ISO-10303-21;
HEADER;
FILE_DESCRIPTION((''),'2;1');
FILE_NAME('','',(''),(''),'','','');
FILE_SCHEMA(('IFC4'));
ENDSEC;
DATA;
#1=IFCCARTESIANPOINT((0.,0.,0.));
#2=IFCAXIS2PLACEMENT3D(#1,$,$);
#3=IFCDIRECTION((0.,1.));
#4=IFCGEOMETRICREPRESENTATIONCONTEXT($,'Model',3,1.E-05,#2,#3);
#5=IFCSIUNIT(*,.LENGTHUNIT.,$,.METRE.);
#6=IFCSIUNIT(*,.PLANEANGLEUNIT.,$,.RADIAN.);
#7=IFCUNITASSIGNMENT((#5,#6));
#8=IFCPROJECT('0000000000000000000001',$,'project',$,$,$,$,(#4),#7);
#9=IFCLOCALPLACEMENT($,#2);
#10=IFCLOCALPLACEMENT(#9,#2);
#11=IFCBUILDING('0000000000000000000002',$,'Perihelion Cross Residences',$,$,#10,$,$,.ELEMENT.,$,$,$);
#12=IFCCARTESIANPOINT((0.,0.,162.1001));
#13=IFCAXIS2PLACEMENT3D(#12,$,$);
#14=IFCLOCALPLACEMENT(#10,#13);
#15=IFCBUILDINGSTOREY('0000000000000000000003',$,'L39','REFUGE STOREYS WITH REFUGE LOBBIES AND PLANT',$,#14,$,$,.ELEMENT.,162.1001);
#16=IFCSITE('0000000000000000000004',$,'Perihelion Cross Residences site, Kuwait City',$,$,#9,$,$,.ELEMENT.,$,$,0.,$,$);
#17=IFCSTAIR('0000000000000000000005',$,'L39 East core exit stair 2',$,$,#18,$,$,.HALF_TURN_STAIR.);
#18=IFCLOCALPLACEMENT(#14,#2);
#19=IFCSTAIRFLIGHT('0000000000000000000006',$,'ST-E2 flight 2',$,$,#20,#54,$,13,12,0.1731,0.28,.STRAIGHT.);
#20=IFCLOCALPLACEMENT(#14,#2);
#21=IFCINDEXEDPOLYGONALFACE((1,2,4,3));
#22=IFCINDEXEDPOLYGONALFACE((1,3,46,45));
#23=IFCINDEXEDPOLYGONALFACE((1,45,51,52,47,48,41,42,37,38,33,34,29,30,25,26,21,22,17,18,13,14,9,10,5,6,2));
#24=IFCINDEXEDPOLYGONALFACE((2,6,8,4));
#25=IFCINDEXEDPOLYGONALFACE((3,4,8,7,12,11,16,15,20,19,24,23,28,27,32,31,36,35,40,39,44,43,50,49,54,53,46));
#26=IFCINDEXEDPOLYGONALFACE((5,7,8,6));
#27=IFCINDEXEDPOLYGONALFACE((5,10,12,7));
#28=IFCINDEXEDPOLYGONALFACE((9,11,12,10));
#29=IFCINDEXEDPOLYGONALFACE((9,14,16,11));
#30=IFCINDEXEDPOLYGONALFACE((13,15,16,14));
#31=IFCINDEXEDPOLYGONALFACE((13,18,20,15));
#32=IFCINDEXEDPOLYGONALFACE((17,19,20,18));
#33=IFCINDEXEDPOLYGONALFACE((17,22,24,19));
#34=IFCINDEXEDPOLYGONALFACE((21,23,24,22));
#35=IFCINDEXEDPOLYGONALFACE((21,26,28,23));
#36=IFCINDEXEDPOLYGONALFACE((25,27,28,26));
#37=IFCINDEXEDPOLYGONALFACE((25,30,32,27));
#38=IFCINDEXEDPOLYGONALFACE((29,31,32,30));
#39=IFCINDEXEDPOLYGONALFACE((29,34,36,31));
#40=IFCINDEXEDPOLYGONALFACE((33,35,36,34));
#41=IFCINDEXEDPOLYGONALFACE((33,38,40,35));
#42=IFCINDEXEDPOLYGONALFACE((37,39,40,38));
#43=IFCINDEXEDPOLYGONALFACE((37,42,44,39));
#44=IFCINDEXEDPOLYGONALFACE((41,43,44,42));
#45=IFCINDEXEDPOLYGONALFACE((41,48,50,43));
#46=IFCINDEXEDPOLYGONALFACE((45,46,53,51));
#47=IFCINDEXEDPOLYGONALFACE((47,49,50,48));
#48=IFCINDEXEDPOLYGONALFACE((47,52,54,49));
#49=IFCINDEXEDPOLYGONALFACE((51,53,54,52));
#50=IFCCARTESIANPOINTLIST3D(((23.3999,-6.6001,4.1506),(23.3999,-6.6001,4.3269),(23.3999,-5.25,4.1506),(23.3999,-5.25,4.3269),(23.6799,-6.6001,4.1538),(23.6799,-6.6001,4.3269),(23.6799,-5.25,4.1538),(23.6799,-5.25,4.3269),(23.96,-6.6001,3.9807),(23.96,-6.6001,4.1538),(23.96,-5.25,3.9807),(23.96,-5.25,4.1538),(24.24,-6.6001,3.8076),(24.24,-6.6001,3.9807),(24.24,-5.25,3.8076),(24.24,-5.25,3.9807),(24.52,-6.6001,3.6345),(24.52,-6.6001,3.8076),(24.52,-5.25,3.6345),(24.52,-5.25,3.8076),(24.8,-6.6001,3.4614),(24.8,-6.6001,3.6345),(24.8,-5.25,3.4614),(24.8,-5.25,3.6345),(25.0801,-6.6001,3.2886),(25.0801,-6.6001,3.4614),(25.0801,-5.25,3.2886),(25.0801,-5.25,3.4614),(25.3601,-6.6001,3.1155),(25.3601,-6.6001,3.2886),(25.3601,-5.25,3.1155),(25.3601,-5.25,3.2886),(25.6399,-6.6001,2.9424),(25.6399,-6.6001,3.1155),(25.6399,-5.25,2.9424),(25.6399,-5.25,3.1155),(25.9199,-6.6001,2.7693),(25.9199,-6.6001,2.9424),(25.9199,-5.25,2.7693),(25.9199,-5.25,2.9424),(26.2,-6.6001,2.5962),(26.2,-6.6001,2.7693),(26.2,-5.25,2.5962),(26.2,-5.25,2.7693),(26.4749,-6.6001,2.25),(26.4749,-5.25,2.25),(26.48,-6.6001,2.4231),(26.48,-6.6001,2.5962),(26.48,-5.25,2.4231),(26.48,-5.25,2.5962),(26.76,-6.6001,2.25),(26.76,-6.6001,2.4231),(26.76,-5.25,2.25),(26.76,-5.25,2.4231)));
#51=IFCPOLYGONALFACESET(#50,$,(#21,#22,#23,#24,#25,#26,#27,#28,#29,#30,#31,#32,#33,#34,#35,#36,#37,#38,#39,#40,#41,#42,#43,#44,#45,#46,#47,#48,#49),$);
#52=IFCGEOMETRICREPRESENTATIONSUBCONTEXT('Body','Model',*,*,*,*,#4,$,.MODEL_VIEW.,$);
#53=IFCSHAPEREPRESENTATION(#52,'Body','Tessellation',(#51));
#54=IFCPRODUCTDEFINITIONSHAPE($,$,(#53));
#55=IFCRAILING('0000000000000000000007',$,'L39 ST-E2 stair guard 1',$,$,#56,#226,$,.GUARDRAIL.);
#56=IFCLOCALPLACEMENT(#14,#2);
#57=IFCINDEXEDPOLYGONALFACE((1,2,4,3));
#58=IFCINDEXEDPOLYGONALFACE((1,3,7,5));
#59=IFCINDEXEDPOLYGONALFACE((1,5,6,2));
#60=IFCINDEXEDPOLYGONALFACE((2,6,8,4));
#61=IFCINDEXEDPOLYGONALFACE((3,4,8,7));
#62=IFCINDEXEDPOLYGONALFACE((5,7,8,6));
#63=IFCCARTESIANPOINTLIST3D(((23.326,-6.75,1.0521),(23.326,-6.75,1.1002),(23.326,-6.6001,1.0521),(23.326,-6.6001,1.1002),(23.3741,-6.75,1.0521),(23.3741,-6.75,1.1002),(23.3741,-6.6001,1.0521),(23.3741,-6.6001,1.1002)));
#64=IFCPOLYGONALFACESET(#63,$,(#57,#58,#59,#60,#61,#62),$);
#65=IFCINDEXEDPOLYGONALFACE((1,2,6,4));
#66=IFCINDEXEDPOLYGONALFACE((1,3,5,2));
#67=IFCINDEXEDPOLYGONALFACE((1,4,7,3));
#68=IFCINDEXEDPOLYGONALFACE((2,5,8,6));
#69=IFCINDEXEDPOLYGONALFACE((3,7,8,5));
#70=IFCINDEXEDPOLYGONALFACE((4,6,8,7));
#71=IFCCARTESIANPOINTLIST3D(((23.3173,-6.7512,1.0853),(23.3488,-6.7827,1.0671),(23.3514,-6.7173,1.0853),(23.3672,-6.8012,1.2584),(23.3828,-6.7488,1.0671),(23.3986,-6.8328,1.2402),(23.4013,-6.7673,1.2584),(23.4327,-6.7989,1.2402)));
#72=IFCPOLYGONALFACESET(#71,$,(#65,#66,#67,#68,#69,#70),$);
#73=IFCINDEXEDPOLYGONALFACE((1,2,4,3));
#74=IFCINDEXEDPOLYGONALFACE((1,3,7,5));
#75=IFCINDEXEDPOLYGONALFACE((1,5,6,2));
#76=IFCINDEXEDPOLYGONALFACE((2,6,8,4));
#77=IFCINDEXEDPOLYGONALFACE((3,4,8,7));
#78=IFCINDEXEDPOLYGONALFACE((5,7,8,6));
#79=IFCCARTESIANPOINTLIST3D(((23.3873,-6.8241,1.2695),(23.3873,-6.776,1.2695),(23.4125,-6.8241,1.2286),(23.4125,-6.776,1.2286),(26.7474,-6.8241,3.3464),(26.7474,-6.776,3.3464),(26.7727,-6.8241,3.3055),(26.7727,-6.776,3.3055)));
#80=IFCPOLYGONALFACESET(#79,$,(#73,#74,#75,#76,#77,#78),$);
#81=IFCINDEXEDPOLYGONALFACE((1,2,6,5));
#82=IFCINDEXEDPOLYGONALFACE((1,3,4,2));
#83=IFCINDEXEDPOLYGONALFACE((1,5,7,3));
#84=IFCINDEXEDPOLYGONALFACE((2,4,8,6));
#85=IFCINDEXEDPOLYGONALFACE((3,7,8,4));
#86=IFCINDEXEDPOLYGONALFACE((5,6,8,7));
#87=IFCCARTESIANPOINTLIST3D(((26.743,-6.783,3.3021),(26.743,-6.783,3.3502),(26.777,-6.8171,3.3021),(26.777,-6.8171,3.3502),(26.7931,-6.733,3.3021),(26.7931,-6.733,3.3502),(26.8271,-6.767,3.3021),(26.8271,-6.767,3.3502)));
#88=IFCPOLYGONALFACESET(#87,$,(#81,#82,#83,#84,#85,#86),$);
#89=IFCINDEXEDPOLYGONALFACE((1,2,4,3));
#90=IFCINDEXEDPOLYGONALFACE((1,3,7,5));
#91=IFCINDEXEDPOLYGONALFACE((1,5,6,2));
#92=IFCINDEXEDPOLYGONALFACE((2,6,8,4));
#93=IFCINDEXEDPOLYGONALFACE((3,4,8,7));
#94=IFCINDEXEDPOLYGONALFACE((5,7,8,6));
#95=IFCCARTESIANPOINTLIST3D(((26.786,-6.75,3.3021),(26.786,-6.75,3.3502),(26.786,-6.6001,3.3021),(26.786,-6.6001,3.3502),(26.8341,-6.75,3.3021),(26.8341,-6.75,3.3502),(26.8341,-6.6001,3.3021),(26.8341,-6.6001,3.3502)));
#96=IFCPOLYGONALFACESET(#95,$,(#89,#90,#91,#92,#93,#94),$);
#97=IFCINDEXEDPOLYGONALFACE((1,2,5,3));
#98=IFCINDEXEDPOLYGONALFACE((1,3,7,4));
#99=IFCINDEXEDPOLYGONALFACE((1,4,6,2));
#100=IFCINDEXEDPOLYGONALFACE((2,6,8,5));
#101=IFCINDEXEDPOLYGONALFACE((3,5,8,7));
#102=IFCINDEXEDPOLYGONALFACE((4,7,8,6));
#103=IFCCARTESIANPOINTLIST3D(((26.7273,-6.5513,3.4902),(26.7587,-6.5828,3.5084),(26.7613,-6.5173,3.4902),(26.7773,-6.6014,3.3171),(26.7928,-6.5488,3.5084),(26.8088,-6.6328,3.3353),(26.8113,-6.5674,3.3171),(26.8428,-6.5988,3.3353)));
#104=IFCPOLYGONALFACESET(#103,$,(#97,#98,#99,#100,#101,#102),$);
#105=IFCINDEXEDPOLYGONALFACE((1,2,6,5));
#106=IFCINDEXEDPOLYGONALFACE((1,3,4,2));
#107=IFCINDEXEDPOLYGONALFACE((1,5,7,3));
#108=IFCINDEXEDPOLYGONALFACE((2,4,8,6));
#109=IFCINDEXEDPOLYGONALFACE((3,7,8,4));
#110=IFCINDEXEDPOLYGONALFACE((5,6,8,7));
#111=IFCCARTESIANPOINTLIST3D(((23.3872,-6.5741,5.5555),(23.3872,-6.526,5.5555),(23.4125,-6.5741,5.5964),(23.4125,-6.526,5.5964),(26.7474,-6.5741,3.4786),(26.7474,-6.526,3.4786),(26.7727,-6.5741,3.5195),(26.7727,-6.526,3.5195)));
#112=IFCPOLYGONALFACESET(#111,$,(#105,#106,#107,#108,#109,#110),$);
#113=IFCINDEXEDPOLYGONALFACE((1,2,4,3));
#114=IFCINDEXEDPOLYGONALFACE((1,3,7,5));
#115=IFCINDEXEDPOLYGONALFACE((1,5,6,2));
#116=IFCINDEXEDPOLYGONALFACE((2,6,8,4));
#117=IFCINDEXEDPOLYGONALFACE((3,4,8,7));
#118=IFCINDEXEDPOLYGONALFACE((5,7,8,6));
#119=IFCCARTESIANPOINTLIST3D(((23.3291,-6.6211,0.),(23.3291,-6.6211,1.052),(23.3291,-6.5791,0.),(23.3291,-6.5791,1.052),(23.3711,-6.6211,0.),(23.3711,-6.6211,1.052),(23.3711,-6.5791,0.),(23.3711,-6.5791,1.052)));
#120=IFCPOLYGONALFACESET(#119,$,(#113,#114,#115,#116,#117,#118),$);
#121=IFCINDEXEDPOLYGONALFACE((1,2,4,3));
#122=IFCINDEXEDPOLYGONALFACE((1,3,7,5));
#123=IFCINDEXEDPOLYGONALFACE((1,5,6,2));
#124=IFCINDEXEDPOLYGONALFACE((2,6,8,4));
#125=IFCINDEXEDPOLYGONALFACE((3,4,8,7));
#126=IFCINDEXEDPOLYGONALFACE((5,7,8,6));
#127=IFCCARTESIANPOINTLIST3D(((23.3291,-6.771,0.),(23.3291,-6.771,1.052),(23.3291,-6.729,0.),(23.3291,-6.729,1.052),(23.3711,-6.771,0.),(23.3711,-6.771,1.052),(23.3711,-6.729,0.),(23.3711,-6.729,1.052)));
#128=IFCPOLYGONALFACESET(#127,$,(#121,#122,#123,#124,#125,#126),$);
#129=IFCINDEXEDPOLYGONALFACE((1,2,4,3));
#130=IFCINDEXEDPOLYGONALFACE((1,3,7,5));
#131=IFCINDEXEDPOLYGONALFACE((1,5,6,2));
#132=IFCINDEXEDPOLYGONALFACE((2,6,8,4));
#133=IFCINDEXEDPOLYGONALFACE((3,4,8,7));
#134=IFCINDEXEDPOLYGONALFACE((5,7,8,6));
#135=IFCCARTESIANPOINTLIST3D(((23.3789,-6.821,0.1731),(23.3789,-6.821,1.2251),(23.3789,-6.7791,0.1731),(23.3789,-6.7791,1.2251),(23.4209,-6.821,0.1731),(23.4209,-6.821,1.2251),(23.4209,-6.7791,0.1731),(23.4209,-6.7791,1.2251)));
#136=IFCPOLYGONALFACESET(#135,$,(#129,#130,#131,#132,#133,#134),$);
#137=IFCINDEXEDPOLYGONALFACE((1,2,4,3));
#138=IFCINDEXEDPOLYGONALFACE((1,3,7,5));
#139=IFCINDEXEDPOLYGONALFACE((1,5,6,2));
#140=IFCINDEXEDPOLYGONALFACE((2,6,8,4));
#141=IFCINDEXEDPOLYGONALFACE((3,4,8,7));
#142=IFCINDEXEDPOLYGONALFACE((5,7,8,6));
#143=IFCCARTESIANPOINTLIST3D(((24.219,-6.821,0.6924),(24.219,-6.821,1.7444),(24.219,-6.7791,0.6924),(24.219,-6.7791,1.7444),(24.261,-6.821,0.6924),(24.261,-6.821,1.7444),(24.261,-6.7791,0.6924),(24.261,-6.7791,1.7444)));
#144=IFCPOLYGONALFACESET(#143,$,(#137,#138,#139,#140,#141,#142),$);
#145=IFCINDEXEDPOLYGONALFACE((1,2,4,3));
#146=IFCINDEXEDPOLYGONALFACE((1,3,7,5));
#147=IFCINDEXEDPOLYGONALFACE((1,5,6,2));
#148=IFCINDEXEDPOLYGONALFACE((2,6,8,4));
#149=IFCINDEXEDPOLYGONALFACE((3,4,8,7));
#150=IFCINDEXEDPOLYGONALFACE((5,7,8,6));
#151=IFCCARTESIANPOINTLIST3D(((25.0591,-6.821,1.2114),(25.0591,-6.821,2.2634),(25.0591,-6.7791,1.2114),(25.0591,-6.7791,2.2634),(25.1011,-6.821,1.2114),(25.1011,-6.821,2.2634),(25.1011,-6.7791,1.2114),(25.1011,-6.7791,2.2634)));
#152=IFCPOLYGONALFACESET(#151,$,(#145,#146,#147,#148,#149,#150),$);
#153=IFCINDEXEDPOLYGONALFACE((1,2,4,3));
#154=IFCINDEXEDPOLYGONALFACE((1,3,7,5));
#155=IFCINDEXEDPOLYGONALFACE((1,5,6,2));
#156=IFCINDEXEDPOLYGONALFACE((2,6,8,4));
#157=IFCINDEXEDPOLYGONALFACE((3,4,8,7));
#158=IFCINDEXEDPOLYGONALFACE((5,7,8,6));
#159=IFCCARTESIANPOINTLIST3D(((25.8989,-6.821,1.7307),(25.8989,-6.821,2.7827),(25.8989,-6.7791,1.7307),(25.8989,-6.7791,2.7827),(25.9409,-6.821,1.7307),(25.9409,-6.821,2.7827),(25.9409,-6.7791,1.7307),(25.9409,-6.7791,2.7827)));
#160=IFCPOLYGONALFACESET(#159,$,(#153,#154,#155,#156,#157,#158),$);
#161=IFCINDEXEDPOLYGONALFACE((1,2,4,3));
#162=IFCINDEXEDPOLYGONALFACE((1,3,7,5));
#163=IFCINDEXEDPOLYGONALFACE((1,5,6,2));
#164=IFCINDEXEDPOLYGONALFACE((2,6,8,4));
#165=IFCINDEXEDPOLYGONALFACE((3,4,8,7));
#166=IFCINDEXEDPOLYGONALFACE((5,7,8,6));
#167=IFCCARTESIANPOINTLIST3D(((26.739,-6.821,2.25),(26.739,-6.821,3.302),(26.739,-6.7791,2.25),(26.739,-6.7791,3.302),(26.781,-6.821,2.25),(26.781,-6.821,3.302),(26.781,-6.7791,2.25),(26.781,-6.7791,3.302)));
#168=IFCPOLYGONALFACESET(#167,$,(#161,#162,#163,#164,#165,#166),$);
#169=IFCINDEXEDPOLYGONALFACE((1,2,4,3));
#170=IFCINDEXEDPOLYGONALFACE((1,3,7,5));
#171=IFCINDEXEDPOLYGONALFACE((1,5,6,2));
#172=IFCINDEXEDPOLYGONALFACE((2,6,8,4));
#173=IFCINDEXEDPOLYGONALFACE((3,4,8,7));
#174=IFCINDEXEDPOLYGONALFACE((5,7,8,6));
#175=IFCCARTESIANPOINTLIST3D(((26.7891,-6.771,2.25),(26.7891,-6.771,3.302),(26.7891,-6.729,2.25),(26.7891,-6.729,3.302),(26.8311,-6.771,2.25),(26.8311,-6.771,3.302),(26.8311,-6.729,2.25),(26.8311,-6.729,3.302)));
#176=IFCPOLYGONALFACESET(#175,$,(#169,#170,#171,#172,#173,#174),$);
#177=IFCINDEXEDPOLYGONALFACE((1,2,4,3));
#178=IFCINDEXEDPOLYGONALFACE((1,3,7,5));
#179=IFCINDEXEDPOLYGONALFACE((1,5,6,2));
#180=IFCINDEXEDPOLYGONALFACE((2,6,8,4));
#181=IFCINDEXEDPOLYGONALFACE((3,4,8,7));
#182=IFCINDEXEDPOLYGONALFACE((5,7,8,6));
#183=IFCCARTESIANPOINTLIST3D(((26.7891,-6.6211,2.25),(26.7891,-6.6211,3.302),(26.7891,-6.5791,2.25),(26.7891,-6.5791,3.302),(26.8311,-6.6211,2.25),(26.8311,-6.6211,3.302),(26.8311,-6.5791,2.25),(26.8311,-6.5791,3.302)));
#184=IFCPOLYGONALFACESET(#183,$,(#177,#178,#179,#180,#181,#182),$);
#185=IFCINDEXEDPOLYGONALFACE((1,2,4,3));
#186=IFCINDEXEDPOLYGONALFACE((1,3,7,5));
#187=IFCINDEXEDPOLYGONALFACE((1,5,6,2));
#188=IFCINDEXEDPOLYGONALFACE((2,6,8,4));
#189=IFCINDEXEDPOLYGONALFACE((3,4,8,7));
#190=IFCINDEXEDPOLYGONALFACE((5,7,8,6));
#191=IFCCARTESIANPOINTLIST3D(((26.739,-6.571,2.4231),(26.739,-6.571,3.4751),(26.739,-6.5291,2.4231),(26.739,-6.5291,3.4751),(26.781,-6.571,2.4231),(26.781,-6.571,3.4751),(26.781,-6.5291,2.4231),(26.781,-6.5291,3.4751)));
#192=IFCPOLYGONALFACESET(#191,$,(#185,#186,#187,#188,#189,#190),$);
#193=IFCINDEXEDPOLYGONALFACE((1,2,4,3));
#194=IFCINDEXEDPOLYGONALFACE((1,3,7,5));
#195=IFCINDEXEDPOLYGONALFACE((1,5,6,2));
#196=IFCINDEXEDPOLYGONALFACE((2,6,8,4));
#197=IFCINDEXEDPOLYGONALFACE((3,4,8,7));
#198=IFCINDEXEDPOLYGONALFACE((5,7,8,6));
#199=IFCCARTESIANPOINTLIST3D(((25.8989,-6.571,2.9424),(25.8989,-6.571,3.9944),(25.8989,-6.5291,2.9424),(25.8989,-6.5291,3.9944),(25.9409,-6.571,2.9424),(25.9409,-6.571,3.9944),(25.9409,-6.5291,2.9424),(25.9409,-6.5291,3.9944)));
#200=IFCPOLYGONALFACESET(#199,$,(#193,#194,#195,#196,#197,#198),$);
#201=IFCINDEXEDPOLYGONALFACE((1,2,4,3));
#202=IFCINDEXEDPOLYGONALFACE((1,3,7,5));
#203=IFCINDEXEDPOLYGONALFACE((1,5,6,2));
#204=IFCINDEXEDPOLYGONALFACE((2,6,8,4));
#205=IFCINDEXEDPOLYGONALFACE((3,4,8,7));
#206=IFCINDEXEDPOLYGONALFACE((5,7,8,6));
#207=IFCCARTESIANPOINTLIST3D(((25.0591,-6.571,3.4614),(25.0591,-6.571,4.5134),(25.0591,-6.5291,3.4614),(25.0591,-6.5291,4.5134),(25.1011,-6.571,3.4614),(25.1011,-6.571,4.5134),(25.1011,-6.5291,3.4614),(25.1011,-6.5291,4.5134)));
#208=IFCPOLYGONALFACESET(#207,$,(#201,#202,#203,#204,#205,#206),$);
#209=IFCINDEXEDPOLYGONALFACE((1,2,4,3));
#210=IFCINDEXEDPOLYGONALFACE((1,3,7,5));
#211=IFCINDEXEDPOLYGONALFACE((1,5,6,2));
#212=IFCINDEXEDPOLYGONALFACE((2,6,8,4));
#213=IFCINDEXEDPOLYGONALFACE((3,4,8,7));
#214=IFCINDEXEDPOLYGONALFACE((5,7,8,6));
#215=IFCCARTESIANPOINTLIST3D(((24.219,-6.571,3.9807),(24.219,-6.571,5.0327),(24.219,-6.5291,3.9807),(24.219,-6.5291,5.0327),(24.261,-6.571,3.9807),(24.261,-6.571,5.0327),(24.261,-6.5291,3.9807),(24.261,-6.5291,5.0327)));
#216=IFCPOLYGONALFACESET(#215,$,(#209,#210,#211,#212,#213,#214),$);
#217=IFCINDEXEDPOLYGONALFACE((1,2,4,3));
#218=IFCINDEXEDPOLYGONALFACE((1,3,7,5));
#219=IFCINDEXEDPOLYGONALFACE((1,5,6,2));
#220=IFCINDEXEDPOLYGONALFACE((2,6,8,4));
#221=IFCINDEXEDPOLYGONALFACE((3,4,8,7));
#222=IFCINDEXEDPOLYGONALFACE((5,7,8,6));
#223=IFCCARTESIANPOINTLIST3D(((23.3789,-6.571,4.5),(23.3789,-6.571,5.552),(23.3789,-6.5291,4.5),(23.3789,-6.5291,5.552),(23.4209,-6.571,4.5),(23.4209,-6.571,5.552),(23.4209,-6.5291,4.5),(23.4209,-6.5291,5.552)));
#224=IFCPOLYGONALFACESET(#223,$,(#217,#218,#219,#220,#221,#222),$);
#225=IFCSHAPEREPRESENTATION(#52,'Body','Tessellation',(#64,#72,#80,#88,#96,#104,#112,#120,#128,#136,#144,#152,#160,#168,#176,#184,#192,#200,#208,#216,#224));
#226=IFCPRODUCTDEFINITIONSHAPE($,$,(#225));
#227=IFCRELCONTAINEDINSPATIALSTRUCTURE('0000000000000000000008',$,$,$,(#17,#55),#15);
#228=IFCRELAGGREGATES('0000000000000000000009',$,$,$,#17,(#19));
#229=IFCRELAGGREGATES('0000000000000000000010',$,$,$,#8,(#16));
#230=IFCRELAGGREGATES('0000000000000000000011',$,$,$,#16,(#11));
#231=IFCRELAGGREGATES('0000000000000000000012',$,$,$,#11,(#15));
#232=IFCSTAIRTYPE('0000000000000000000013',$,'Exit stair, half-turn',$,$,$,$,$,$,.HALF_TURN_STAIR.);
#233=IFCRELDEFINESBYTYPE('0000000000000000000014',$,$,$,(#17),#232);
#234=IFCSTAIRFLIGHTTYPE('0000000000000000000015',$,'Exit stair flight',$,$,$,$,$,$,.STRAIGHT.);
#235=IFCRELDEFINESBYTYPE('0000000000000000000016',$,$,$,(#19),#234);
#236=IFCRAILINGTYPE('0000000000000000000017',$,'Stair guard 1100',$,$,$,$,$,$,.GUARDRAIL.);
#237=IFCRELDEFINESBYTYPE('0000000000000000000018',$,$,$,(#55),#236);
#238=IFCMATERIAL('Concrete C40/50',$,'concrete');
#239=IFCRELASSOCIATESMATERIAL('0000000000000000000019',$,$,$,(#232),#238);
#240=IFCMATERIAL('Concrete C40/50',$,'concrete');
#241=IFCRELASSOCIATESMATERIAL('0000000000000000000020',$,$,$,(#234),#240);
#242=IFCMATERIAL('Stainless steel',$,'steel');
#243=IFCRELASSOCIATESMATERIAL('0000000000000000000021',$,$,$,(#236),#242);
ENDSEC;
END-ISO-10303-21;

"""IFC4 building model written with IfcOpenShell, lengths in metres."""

from ifc_helpers import new_model, si_unit, direction, frame, origin, origin_2d, place, context, subcontext, project, spatial, polyline, rectangle, outline, extrude, material, type_object, element, aggregate, save


model = new_model("IFC4")

# Units and contexts
model_context = context("Model", 3, precision=1e-05, world=origin(), true_north=direction((0.0, 1.0)))
body_context = subcontext(model_context, "Body", "Model", "MODEL_VIEW")
ifc_project = project(units=[si_unit("LENGTHUNIT", "METRE"), si_unit("PLANEANGLEUNIT", "RADIAN")], contexts=[model_context])

# Site, building, storey
site_placement = place(None, origin())
site = spatial("IfcSite", under=ifc_project, at=site_placement, Name="Perihelion Cross Residences site, Kuwait City", CompositionType="ELEMENT", RefElevation=0.0)
building_placement = place(site_placement, origin())
building = spatial("IfcBuilding", under=site, at=building_placement, Name="Perihelion Cross Residences", CompositionType="ELEMENT")
storey_placement = place(building_placement, frame((0.0, 0.0, 162.1001)))
storey = spatial("IfcBuildingStorey", under=building, at=storey_placement, Name="L39", Description="REFUGE STOREYS WITH REFUGE LOBBIES AND PLANT", CompositionType="ELEMENT", Elevation=162.1001)

# Stair, stair flight
ifc_material_1 = material(Name="Concrete C40/50", Category="concrete")
stair_type = type_object("IfcStairType", Name="Exit stair, half-turn", PredefinedType="HALF_TURN_STAIR", material=ifc_material_1)
stair_placement = place(storey_placement, origin())
stair = element("IfcStair", 1, at=stair_placement, inside=storey, type_object=stair_type, Name="L39 East core exit stair 2", PredefinedType="HALF_TURN_STAIR")
ifc_material_2 = material(Name="Concrete C40/50", Category="concrete")
stair_flight_type = type_object("IfcStairFlightType", Name="Exit stair flight", PredefinedType="STRAIGHT", material=ifc_material_2)
stair_flight_1_placement = place(storey_placement, frame((26.76, -5.925, 2.25), z_axis=(0.0, 0.0, 1.0), x_axis=(-1.0, 0.0, 0.0)))
stair_flight_1 = element("IfcStairFlight", 2, at=stair_flight_1_placement, type_object=stair_flight_type, Name="ST-E2 flight 2", NumberOfRisers=13, NumberOfTreads=12, PredefinedType="STRAIGHT", RiserHeight=0.1731, TreadLength=0.28, context=body_context, shape_type="SweptSolid", body=[
    extrude(outline(polyline([(0.0, 0.0), (0.0, 0.1731), (0.28, 0.1731), (0.28, 0.3462), (0.5601, 0.3462), (0.5601, 0.5193), (0.8401, 0.5193), (0.8401, 0.6924), (1.1201, 0.6924), (1.1201, 0.8655), (1.3999, 0.8655), (1.3999, 1.0386), (1.6799, 1.0386), (1.6799, 1.2114), (1.96, 1.2114), (1.96, 1.3845), (2.24, 1.3845), (2.24, 1.5576), (2.52, 1.5576), (2.52, 1.7307), (2.8, 1.7307), (2.8, 1.9038), (3.0801, 1.9038), (3.0801, 2.0769), (3.3601, 2.0769), (3.3601, 2.25), (3.3601, 1.9006), (0.2852, 0.0), (0.0, 0.0)])), frame((0.0, 0.675, 0.0), z_axis=(0.0, -1.0, 0.0), x_axis=(1.0, 0.0, 0.0)), (0.0, 0.0, 1.0), 1.3501),
])
aggregate(stair, [stair_flight_1])

# Railing
ifc_material_3 = material(Name="Stainless steel", Category="steel")
railing_type_1 = type_object("IfcRailingType", Name="Stair guard 1100", PredefinedType="GUARDRAIL", material=ifc_material_3)
railing_1_placement = place(storey_placement, frame((23.3501, -6.6001, 0.0)))
element("IfcRailing", 3, at=railing_1_placement, inside=storey, type_object=railing_type_1, Name="L39 ST-E2 stair guard 1", PredefinedType="GUARDRAIL", context=body_context, shape_type="SweptSolid", body=[
    extrude(rectangle(XDim=0.0481, YDim=0.0481, at=origin_2d()), frame((0.0, 0.0, 1.0762), z_axis=(0.0, -1.0, 0.0), x_axis=(1.0, 0.0, 0.0)), (0.0, 0.0, 1.0), 0.1499),
    extrude(rectangle(XDim=0.0481, YDim=0.0481, at=origin_2d()), frame((0.0, -0.1499, 1.0762), z_axis=(0.266417, -0.267723, 0.92593), x_axis=(0.708834, 0.705376, 0.0)), (0.0, 0.0, 1.0), 0.187),
    extrude(rectangle(XDim=0.0481, YDim=0.0481, at=origin_2d()), frame((0.0498, -0.2, 1.249), z_axis=(0.850623, 0.0, 0.525776), x_axis=(0.0, 1.0, 0.0)), (0.0, 0.0, 1.0), 3.9502),
    extrude(rectangle(XDim=0.0481, YDim=0.0481, at=origin_2d()), frame((3.4099, -0.2, 3.3262), z_axis=(0.707107, 0.707107, 0.0), x_axis=(-0.707107, 0.707107, 0.0)), (0.0, 0.0, 1.0), 0.0708),
    extrude(rectangle(XDim=0.0481, YDim=0.0481, at=origin_2d()), frame((3.46, -0.1499, 3.3262), z_axis=(0.0, 1.0, 0.0), x_axis=(-1.0, 0.0, 0.0)), (0.0, 0.0, 1.0), 0.1499),
    extrude(rectangle(XDim=0.0481, YDim=0.0481, at=origin_2d()), frame((3.46, 0.0, 3.3262), z_axis=(-0.26763, 0.26763, 0.925607), x_axis=(-0.707107, -0.707107, 0.0)), (0.0, 0.0, 1.0), 0.187),
    extrude(rectangle(XDim=0.0481, YDim=0.0481, at=origin_2d()), frame((3.4099, 0.05, 3.499), z_axis=(-0.850623, 0.0, 0.525776), x_axis=(0.0, -1.0, 0.0)), (0.0, 0.0, 1.0), 3.9502),
    extrude(rectangle(XDim=0.042, YDim=0.042, at=origin_2d()), origin(), (0.0, 0.0, 1.0), 1.052),
    extrude(rectangle(XDim=0.042, YDim=0.042, at=origin_2d()), frame((0.0, -0.1499, 0.0)), (0.0, 0.0, 1.0), 1.052),
    extrude(rectangle(XDim=0.042, YDim=0.042, at=origin_2d()), frame((0.0498, -0.2, 0.1731)), (0.0, 0.0, 1.0), 1.052),
    extrude(rectangle(XDim=0.042, YDim=0.042, at=origin_2d()), frame((0.8899, -0.2, 0.6924)), (0.0, 0.0, 1.0), 1.052),
    extrude(rectangle(XDim=0.042, YDim=0.042, at=origin_2d()), frame((1.73, -0.2, 1.2114)), (0.0, 0.0, 1.0), 1.052),
    extrude(rectangle(XDim=0.042, YDim=0.042, at=origin_2d()), frame((2.5698, -0.2, 1.7307)), (0.0, 0.0, 1.0), 1.052),
    extrude(rectangle(XDim=0.042, YDim=0.042, at=origin_2d()), frame((3.4099, -0.2, 2.25)), (0.0, 0.0, 1.0), 1.052),
    extrude(rectangle(XDim=0.042, YDim=0.042, at=origin_2d()), frame((3.46, -0.1499, 2.25)), (0.0, 0.0, 1.0), 1.052),
    extrude(rectangle(XDim=0.042, YDim=0.042, at=origin_2d()), frame((3.46, 0.0, 2.25)), (0.0, 0.0, 1.0), 1.052),
    extrude(rectangle(XDim=0.042, YDim=0.042, at=origin_2d()), frame((3.4099, 0.05, 2.4231)), (0.0, 0.0, 1.0), 1.052),
    extrude(rectangle(XDim=0.042, YDim=0.042, at=origin_2d()), frame((2.5698, 0.05, 2.9424)), (0.0, 0.0, 1.0), 1.052),
    extrude(rectangle(XDim=0.042, YDim=0.042, at=origin_2d()), frame((1.73, 0.05, 3.4614)), (0.0, 0.0, 1.0), 1.052),
    extrude(rectangle(XDim=0.042, YDim=0.042, at=origin_2d()), frame((0.8899, 0.05, 3.9807)), (0.0, 0.0, 1.0), 1.052),
    extrude(rectangle(XDim=0.042, YDim=0.042, at=origin_2d()), frame((0.0498, 0.05, 4.5)), (0.0, 0.0, 1.0), 1.052),
])

save(model, "model.ifc")
